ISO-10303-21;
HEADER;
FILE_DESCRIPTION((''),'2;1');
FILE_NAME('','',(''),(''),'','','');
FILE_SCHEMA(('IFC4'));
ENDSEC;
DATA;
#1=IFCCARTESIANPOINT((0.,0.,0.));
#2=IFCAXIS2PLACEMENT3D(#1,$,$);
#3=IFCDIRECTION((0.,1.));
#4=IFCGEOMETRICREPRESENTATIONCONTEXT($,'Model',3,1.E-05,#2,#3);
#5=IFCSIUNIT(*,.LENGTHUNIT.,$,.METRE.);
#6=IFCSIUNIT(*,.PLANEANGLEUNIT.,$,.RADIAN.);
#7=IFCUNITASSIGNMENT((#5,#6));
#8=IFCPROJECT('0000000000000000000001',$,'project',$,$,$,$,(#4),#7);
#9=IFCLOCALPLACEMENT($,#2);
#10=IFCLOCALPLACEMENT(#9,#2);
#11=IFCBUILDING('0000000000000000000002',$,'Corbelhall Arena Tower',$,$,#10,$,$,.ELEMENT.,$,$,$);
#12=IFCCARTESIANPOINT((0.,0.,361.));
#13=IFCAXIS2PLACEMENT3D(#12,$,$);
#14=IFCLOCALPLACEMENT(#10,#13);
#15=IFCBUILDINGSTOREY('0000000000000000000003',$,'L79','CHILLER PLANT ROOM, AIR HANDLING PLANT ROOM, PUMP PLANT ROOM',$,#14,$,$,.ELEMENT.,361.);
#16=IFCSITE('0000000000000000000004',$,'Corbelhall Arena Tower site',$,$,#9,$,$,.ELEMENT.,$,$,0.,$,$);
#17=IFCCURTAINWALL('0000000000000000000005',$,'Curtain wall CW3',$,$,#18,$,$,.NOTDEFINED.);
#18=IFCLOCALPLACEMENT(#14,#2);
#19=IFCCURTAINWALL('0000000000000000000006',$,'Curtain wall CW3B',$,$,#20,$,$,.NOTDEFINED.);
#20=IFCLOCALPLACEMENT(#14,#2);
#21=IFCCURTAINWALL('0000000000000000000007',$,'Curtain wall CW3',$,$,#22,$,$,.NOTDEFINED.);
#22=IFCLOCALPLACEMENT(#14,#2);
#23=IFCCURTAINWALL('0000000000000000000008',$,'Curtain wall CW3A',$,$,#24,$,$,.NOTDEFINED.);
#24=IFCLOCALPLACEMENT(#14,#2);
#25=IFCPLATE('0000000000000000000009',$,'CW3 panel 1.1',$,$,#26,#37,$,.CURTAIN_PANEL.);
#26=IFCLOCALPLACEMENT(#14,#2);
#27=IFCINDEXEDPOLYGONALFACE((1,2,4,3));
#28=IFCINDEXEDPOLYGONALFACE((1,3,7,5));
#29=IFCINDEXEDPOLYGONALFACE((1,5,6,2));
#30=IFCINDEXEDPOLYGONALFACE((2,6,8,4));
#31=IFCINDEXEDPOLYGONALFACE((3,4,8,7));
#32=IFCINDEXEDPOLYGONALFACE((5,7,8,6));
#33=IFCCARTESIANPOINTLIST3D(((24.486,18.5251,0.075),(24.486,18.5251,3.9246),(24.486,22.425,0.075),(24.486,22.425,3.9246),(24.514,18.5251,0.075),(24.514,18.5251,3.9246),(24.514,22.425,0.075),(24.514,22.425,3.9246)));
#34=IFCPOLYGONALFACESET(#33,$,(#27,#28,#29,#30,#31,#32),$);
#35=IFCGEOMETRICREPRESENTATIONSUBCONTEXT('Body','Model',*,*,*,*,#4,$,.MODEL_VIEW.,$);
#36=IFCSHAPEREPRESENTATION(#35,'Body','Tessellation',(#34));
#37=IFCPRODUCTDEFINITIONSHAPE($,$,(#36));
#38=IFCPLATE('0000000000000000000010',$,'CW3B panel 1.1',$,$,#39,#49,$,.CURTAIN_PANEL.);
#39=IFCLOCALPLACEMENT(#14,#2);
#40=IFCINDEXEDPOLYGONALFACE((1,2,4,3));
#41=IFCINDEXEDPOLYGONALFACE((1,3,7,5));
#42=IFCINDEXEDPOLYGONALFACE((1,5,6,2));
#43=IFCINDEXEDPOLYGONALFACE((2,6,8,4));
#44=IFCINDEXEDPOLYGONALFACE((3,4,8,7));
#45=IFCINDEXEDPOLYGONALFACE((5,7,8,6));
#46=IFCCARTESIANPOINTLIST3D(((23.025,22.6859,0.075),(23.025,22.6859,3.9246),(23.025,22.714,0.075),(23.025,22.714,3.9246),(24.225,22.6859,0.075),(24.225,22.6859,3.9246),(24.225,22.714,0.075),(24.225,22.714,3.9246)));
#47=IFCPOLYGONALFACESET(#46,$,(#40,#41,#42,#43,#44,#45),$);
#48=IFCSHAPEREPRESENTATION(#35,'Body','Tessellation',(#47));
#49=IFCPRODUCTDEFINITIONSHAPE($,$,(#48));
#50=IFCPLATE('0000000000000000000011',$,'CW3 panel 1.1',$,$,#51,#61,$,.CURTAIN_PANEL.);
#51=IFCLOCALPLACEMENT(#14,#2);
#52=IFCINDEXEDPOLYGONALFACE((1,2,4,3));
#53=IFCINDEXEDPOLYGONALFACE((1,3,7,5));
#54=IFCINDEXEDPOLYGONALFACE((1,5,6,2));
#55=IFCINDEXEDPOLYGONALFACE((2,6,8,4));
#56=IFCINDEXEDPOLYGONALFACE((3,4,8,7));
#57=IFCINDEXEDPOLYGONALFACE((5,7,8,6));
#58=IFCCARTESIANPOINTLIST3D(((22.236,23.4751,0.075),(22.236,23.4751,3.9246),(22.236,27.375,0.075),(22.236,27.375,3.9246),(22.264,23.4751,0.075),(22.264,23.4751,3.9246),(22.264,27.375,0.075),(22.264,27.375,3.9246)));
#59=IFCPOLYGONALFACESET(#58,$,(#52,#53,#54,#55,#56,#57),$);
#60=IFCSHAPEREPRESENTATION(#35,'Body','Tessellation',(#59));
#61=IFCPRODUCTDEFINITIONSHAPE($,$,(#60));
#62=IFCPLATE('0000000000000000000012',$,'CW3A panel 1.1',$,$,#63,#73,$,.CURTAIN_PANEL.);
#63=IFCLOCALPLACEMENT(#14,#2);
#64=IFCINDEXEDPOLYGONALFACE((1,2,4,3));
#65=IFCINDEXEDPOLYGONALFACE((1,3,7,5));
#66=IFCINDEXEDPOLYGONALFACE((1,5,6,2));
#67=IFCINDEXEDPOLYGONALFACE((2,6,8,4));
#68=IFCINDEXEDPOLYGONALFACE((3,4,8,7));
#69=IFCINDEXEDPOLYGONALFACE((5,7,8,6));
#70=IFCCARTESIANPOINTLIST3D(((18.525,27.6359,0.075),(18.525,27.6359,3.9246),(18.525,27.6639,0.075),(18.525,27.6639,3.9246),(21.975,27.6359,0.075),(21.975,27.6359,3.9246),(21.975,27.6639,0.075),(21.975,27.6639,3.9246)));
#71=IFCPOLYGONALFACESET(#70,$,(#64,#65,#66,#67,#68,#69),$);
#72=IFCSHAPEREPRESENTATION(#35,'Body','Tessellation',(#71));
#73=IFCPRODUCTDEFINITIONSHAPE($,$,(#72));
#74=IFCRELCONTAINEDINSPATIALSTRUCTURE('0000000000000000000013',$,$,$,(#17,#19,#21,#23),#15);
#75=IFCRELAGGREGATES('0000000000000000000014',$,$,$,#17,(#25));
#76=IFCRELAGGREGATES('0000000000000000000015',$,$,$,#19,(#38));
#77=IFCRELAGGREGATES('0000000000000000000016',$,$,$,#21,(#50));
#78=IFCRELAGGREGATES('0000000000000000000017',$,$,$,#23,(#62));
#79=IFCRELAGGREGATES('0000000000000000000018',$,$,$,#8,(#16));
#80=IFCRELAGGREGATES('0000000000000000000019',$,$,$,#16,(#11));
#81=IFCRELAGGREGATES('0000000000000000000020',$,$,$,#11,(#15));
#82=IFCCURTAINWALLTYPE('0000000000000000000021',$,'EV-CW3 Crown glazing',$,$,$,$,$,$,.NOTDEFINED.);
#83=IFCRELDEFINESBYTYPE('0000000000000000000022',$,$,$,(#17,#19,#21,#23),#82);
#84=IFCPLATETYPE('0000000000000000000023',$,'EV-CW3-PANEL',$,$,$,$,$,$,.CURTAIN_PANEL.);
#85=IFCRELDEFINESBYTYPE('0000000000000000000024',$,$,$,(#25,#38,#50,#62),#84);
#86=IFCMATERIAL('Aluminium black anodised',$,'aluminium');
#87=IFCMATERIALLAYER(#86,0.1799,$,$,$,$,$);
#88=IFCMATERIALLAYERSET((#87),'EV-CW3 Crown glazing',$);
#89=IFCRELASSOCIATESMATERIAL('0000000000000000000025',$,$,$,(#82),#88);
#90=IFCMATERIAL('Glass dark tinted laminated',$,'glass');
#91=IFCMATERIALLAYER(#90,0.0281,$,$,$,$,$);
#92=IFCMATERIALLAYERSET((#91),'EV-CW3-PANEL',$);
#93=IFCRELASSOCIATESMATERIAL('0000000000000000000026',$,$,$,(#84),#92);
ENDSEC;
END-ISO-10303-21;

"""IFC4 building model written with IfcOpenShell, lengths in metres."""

from ifc_helpers import new_model, si_unit, direction, frame, origin, origin_2d, place, context, subcontext, project, spatial, rectangle, extrude, material, layer, layer_set, type_object, element, aggregate, save


model = new_model("IFC4")

# Units and contexts
model_context = context("Model", 3, precision=1e-05, world=origin(), true_north=direction((0.0, 1.0)))
body_context = subcontext(model_context, "Body", "Model", "MODEL_VIEW")
ifc_project = project(units=[si_unit("LENGTHUNIT", "METRE"), si_unit("PLANEANGLEUNIT", "RADIAN")], contexts=[model_context])

# Site, building, storey
site_placement = place(None, origin())
site = spatial("IfcSite", under=ifc_project, at=site_placement, Name="Corbelhall Arena Tower site", CompositionType="ELEMENT", RefElevation=0.0)
building_placement = place(site_placement, origin())
building = spatial("IfcBuilding", under=site, at=building_placement, Name="Corbelhall Arena Tower", CompositionType="ELEMENT")
storey_placement = place(building_placement, frame((0.0, 0.0, 361.0)))
storey = spatial("IfcBuildingStorey", under=building, at=storey_placement, Name="L79", Description="CHILLER PLANT ROOM, AIR HANDLING PLANT ROOM, PUMP PLANT ROOM", CompositionType="ELEMENT", Elevation=361.0)

# Curtain walls
ifc_material_1 = material(Name="Aluminium black anodised", Category="aluminium")
ifc_layer_1 = layer(ifc_material_1, 0.1799)
ifc_layer_set_1 = layer_set([ifc_layer_1], Name="EV-CW3 Crown glazing")
curtain_wall_type = type_object("IfcCurtainWallType", Name="EV-CW3 Crown glazing", PredefinedType="NOTDEFINED", material=ifc_layer_set_1)
curtain_wall_1_placement = place(storey_placement, origin())
curtain_wall_1 = element("IfcCurtainWall", 1, at=curtain_wall_1_placement, inside=storey, type_object=curtain_wall_type, Name="Curtain wall CW3", PredefinedType="NOTDEFINED")
curtain_wall_2_placement = place(storey_placement, origin())
curtain_wall_2 = element("IfcCurtainWall", 2, at=curtain_wall_2_placement, inside=storey, type_object=curtain_wall_type, Name="Curtain wall CW3B", PredefinedType="NOTDEFINED")
curtain_wall_3_placement = place(storey_placement, origin())
curtain_wall_3 = element("IfcCurtainWall", 3, at=curtain_wall_3_placement, inside=storey, type_object=curtain_wall_type, Name="Curtain wall CW3", PredefinedType="NOTDEFINED")
curtain_wall_4_placement = place(storey_placement, origin())
curtain_wall_4 = element("IfcCurtainWall", 4, at=curtain_wall_4_placement, inside=storey, type_object=curtain_wall_type, Name="Curtain wall CW3A", PredefinedType="NOTDEFINED")

# Plates
ifc_material_2 = material(Name="Glass dark tinted laminated", Category="glass")
ifc_layer_2 = layer(ifc_material_2, 0.0281)
ifc_layer_set_2 = layer_set([ifc_layer_2], Name="EV-CW3-PANEL")
plate_type = type_object("IfcPlateType", Name="EV-CW3-PANEL", PredefinedType="CURTAIN_PANEL", material=ifc_layer_set_2)
plate_1_placement = place(storey_placement, frame((24.5, 20.4751, 0.075), z_axis=(0.0, 0.0, 1.0), x_axis=(0.0, 1.0, 0.0)))
plate_1 = element("IfcPlate", 5, at=plate_1_placement, type_object=plate_type, Name="CW3 panel 1.1", PredefinedType="CURTAIN_PANEL", context=body_context, shape_type="SweptSolid", body=[
    extrude(rectangle(XDim=3.8999, YDim=0.0281, at=origin_2d()), origin(), (0.0, 0.0, 1.0), 3.8496),
])
aggregate(curtain_wall_1, [plate_1])
plate_2_placement = place(storey_placement, frame((23.625, 22.7, 0.075), z_axis=(0.0, 0.0, 1.0), x_axis=(-1.0, 0.0, 0.0)))
plate_2 = element("IfcPlate", 6, at=plate_2_placement, type_object=plate_type, Name="CW3B panel 1.1", PredefinedType="CURTAIN_PANEL", context=body_context, shape_type="SweptSolid", body=[
    extrude(rectangle(XDim=1.2, YDim=0.0281, at=origin_2d()), origin(), (0.0, 0.0, 1.0), 3.8496),
])
aggregate(curtain_wall_2, [plate_2])
plate_3_placement = place(storey_placement, frame((22.25, 25.425, 0.075), z_axis=(0.0, 0.0, 1.0), x_axis=(0.0, 1.0, 0.0)))
plate_3 = element("IfcPlate", 7, at=plate_3_placement, type_object=plate_type, Name="CW3 panel 1.1", PredefinedType="CURTAIN_PANEL", context=body_context, shape_type="SweptSolid", body=[
    extrude(rectangle(XDim=3.8999, YDim=0.0281, at=origin_2d()), origin(), (0.0, 0.0, 1.0), 3.8496),
])
aggregate(curtain_wall_3, [plate_3])
plate_4_placement = place(storey_placement, frame((20.25, 27.6499, 0.075), z_axis=(0.0, 0.0, 1.0), x_axis=(-1.0, 0.0, 0.0)))
plate_4 = element("IfcPlate", 8, at=plate_4_placement, type_object=plate_type, Name="CW3A panel 1.1", PredefinedType="CURTAIN_PANEL", context=body_context, shape_type="SweptSolid", body=[
    extrude(rectangle(XDim=3.45, YDim=0.0281, at=origin_2d()), origin(), (0.0, 0.0, 1.0), 3.8496),
])
aggregate(curtain_wall_4, [plate_4])

save(model, "model.ifc")
